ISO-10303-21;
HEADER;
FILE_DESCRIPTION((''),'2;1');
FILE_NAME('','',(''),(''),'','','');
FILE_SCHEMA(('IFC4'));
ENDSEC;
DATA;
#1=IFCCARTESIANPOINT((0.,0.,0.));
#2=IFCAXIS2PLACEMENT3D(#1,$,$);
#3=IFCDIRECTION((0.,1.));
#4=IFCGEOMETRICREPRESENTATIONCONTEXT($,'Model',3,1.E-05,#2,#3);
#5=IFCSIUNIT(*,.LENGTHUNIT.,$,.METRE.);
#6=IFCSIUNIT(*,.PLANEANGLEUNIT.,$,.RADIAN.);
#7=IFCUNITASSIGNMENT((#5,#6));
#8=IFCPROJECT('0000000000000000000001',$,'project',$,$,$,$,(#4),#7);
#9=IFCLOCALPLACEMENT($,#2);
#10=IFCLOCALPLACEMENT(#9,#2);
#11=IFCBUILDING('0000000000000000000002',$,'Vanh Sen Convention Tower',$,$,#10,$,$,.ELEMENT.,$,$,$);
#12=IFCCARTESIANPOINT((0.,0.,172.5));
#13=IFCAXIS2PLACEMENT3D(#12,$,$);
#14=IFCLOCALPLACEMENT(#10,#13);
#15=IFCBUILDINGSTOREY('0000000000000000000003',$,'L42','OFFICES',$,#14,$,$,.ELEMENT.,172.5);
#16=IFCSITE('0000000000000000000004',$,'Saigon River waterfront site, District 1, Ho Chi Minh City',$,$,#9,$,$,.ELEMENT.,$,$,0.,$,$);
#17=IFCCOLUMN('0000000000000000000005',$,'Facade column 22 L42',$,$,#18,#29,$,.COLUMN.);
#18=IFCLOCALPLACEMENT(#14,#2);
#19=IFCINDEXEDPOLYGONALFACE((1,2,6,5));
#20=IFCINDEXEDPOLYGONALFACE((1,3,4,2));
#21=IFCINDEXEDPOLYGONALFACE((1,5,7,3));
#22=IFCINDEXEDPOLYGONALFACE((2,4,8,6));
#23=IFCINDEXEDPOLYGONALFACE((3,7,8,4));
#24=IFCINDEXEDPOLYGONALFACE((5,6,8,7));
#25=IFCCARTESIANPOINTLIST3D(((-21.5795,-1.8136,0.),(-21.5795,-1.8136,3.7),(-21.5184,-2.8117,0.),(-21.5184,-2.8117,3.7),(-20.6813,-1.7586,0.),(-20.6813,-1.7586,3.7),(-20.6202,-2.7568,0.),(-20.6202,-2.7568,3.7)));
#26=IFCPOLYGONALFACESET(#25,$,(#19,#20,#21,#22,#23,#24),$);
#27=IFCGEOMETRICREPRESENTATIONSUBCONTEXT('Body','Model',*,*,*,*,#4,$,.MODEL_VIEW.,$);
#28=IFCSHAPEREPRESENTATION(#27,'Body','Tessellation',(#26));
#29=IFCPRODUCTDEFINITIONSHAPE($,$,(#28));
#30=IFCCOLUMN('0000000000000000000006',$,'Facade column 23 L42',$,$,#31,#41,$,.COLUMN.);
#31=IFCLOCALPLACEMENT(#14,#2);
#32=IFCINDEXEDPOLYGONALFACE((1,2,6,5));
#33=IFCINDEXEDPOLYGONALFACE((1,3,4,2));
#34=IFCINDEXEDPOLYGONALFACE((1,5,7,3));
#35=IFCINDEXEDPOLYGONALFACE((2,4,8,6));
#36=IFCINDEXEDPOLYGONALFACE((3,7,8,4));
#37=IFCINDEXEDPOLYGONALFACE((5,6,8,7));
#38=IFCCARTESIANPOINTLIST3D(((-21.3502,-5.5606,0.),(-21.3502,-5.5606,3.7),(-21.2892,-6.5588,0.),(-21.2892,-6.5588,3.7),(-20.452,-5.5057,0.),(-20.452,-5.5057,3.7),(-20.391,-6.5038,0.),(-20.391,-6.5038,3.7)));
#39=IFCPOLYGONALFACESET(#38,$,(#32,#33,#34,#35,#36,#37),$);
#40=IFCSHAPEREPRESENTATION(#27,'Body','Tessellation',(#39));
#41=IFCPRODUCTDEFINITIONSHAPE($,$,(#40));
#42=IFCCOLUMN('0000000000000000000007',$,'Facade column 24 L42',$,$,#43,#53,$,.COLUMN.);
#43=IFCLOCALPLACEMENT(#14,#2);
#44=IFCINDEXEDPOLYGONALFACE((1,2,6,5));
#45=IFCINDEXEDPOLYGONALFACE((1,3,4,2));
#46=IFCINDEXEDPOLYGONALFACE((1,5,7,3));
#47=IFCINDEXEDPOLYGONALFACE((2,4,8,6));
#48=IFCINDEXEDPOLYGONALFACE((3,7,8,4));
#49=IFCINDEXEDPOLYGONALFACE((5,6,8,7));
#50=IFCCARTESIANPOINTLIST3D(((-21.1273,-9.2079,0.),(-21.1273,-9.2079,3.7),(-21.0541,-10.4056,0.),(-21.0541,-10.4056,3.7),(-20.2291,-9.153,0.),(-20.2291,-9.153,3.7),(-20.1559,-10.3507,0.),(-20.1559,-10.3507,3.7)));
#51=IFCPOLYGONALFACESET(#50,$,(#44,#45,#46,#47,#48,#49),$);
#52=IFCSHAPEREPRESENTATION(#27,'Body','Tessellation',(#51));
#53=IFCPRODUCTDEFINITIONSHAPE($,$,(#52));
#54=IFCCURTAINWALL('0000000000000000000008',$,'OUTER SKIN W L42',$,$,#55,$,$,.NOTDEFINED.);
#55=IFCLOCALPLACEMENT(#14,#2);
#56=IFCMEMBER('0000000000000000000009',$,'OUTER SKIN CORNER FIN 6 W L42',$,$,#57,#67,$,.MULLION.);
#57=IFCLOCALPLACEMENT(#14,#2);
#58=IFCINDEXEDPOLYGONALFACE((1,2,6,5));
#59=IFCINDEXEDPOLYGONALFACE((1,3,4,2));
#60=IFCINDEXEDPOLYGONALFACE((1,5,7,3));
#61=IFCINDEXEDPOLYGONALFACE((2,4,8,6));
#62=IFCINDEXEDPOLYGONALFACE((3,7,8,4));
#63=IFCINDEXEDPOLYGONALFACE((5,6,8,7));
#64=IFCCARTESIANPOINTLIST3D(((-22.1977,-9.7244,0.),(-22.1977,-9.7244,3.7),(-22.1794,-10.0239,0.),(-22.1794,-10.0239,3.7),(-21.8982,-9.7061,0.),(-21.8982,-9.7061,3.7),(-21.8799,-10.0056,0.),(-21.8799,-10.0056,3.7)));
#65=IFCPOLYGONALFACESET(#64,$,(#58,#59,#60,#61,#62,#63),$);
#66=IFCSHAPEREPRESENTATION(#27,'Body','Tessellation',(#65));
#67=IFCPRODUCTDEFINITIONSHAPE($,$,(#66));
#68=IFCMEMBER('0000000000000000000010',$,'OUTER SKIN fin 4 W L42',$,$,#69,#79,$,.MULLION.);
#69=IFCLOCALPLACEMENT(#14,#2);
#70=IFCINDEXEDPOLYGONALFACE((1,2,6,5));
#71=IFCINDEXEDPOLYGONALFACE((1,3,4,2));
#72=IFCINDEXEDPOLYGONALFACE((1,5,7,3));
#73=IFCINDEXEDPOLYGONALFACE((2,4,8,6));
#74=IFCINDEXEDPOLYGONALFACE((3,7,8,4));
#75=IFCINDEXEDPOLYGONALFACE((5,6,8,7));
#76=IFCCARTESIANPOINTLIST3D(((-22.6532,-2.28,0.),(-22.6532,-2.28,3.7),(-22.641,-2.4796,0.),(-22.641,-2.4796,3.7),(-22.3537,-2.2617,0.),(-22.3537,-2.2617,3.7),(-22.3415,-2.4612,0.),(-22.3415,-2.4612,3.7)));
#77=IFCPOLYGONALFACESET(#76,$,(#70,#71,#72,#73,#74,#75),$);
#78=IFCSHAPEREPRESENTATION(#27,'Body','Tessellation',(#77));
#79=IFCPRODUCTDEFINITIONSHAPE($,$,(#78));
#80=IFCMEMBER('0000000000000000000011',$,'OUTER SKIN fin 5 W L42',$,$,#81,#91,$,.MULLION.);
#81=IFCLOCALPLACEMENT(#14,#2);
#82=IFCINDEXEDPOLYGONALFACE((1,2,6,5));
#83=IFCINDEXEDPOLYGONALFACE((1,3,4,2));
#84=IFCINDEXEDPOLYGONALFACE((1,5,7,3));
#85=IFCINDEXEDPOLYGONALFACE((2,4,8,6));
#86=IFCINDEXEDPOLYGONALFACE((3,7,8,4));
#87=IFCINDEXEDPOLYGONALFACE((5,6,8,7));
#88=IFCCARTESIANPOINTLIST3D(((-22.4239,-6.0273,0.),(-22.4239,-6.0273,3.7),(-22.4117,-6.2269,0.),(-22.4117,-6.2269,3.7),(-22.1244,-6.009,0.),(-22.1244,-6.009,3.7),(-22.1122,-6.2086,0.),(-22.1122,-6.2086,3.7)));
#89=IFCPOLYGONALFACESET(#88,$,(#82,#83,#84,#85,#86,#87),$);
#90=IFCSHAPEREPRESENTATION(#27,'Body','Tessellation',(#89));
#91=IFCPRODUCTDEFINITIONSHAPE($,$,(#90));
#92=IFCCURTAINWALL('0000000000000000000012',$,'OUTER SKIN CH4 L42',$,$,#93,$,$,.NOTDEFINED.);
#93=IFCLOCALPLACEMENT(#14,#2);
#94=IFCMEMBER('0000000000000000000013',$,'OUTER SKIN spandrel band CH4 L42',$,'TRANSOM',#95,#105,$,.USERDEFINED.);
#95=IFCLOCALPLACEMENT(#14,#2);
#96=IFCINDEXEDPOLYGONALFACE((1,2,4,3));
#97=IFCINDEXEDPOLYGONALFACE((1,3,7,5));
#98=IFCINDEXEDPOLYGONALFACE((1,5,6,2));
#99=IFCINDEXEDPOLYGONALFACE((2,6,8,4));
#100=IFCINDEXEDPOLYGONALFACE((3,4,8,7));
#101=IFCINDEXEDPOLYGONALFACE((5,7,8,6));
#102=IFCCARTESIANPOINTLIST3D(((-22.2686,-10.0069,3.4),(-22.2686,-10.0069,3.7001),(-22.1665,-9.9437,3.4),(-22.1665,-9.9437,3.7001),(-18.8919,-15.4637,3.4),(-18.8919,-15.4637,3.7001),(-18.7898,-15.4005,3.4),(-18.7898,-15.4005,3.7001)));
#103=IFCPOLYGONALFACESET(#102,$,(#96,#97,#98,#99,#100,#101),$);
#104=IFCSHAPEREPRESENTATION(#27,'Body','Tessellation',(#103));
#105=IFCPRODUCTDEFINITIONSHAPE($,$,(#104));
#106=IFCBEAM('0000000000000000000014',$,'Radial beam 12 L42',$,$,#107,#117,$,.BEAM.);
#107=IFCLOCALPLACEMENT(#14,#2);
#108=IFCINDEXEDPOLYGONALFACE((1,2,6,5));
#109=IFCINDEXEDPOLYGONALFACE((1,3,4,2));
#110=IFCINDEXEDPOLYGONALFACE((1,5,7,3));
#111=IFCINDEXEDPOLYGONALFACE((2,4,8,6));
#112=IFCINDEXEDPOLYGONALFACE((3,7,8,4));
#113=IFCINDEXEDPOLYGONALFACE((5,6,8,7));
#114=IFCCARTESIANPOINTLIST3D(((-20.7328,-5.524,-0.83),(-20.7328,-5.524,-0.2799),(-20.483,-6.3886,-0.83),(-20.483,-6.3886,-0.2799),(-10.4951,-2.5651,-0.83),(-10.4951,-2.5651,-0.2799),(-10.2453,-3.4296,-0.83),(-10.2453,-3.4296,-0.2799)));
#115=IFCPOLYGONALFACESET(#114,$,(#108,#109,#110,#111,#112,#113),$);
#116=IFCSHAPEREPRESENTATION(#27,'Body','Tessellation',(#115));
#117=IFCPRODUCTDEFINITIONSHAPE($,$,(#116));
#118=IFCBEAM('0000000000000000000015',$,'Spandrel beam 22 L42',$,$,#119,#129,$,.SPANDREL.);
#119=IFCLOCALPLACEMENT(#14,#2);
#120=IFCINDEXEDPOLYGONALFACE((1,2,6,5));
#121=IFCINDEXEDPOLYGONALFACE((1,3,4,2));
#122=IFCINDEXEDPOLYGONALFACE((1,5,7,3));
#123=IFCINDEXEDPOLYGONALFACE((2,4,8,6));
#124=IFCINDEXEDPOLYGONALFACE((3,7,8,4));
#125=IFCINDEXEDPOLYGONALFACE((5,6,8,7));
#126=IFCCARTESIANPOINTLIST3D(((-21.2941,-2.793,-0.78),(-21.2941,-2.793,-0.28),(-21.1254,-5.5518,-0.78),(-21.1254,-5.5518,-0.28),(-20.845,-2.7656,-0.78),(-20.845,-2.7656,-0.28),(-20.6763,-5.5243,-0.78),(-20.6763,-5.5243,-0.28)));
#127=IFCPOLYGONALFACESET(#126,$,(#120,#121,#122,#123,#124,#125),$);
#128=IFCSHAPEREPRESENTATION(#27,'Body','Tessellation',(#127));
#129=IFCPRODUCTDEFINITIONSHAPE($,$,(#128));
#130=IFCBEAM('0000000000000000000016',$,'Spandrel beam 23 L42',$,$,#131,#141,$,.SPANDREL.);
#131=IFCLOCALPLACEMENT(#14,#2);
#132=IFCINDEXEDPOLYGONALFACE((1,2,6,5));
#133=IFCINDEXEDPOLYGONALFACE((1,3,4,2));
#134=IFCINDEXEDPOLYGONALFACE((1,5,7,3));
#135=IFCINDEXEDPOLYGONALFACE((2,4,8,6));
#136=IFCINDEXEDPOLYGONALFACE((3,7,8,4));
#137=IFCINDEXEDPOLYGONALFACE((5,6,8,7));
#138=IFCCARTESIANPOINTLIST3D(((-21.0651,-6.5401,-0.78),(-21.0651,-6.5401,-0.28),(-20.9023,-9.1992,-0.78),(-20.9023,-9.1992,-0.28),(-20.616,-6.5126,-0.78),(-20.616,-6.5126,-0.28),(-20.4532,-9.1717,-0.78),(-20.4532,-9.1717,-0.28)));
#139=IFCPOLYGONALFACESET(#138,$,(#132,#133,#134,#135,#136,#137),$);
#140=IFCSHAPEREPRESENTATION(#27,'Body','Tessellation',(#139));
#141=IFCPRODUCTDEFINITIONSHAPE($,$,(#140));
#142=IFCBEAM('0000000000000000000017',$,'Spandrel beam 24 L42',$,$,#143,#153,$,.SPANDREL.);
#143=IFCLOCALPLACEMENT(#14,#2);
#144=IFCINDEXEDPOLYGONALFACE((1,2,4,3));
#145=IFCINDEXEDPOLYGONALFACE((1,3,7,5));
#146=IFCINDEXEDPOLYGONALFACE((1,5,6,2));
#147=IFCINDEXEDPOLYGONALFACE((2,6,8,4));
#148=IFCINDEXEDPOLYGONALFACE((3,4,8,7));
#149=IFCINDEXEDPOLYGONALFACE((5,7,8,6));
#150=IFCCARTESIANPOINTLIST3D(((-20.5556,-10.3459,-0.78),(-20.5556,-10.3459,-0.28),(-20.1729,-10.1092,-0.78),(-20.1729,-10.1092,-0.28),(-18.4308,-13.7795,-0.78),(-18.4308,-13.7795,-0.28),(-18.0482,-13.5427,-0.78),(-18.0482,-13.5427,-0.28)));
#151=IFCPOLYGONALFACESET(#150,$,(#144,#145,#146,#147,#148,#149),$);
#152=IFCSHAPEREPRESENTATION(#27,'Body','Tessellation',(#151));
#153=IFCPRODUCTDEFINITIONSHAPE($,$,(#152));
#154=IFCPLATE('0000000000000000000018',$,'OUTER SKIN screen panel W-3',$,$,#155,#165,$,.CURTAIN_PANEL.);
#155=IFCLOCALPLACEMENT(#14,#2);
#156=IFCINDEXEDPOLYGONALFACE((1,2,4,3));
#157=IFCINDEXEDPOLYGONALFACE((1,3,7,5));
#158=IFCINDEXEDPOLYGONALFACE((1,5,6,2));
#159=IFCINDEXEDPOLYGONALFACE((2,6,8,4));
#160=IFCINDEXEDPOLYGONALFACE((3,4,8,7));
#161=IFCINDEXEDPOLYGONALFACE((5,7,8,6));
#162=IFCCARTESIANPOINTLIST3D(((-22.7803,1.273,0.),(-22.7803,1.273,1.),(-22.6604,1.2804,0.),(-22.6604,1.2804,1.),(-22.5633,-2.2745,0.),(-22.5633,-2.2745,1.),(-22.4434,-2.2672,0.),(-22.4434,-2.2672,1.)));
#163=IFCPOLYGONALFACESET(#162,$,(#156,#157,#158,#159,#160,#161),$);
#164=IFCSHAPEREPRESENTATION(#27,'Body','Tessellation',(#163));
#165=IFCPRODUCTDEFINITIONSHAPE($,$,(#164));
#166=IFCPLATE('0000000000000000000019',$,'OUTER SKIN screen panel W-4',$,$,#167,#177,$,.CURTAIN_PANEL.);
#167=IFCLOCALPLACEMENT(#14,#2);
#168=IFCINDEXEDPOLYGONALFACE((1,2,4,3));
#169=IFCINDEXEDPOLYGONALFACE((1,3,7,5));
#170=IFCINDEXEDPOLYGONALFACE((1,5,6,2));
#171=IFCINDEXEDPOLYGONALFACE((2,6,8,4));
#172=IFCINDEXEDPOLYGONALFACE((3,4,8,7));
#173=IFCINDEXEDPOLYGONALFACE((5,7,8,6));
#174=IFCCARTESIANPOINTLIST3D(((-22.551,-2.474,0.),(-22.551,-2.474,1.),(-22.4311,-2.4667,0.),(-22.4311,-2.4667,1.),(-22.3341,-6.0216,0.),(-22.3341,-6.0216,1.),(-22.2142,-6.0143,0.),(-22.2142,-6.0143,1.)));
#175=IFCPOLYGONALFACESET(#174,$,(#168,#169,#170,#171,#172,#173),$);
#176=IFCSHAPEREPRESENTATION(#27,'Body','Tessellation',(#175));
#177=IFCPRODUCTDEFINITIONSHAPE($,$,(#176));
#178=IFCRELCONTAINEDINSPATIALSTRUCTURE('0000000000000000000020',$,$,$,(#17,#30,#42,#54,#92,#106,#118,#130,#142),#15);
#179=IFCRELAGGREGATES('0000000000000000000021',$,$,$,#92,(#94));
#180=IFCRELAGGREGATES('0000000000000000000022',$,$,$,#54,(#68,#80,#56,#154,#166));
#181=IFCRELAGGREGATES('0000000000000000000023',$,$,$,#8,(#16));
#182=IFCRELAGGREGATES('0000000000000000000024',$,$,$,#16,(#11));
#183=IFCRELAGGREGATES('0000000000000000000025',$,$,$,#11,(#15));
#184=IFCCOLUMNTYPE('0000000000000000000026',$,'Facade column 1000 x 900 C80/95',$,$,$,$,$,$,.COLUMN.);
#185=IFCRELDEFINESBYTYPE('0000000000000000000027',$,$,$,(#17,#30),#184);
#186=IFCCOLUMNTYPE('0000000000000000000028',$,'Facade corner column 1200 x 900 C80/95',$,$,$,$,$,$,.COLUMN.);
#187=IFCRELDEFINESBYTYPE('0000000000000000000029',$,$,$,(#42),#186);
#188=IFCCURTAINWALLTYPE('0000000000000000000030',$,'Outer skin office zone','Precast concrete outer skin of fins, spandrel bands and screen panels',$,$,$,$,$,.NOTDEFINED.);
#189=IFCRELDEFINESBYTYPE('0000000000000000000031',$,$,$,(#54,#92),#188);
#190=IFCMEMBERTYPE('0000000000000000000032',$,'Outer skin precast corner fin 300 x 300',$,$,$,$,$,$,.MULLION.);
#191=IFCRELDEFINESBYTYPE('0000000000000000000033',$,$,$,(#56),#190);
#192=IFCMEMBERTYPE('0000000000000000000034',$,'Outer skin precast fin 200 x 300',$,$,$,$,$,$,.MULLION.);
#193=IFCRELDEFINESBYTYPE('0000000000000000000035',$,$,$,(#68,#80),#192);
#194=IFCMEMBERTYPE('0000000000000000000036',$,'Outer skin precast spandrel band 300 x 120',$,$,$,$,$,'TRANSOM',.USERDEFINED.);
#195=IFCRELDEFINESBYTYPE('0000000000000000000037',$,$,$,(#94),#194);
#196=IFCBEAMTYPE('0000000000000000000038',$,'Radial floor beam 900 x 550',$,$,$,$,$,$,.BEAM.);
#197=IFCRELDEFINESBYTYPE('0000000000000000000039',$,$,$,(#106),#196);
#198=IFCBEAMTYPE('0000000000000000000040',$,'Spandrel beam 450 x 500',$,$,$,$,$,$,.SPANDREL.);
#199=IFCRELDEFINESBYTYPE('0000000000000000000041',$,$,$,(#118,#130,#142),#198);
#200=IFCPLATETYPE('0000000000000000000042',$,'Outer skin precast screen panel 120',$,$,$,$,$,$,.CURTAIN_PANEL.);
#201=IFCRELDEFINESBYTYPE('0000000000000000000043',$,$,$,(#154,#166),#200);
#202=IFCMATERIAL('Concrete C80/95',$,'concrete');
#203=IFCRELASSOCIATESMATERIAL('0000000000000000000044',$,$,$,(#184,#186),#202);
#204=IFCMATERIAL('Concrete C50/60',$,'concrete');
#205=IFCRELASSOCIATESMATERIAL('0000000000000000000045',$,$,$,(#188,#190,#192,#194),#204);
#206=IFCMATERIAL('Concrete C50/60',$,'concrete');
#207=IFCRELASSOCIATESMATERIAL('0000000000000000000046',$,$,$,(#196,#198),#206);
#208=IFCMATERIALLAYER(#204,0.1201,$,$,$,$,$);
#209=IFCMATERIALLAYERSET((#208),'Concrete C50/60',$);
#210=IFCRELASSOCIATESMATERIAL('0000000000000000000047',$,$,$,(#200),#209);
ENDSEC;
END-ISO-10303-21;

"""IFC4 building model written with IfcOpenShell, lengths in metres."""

from ifc_helpers import new_model, si_unit, direction, frame, origin, origin_2d, place, context, subcontext, project, spatial, rectangle, extrude, material, layer, layer_set, material_profile, profile_set, type_object, element, aggregate, save


model = new_model("IFC4")

# Units and contexts
model_context = context("Model", 3, precision=1e-05, world=origin(), true_north=direction((0.0, 1.0)))
body_context = subcontext(model_context, "Body", "Model", "MODEL_VIEW")
ifc_project = project(units=[si_unit("LENGTHUNIT", "METRE"), si_unit("PLANEANGLEUNIT", "RADIAN")], contexts=[model_context])

# Site, building, storey
site_placement = place(None, origin())
site = spatial("IfcSite", under=ifc_project, at=site_placement, Name="Saigon River waterfront site, District 1, Ho Chi Minh City", CompositionType="ELEMENT", RefElevation=0.0)
building_placement = place(site_placement, origin())
building = spatial("IfcBuilding", under=site, at=building_placement, Name="Vanh Sen Convention Tower", CompositionType="ELEMENT")
storey_placement = place(building_placement, frame((0.0, 0.0, 172.5)))
storey = spatial("IfcBuildingStorey", under=building, at=storey_placement, Name="L42", Description="OFFICES", CompositionType="ELEMENT", Elevation=172.5)

# Columns
ifc_material_1 = material(Name="Concrete C80/95", Category="concrete")
ifc_material_profile_1 = material_profile(ifc_material_1, rectangle(XDim=1.0, YDim=0.8999, at=origin_2d()), Name="RC 1000X900")
ifc_profile_set_1 = profile_set([ifc_material_profile_1], Name="Concrete C80/95")
column_type_1 = type_object("IfcColumnType", Name="Facade column 1000 x 900 C80/95", PredefinedType="COLUMN", material=ifc_profile_set_1)
for number, where, z_axis, x_axis, name in (
    (1, (-21.0999, -2.2852, 0.0), (0.0, 0.0, 1.0), (0.061049, -0.998135, 0.0), "Facade column 22 L42"),
    (2, (-20.8706, -6.0322, 0.0), (0.0, 0.0, 1.0), (0.061049, -0.998135, 0.0), "Facade column 23 L42"),
):
    element("IfcColumn", number, at=place(storey_placement, frame(where, z_axis=z_axis, x_axis=x_axis)), inside=storey, type_object=column_type_1, Name=name, PredefinedType="COLUMN", context=body_context, shape_type="SweptSolid", body=[
        extrude(rectangle(XDim=1.0, YDim=0.8999, at=origin_2d()), origin(), (0.0, 0.0, 1.0), 3.7),
    ])
ifc_material_profile_2 = material_profile(ifc_material_1, rectangle(XDim=1.2, YDim=0.8999, at=origin_2d()), Name="RC 1200X900")
ifc_profile_set_2 = profile_set([ifc_material_profile_2], Name="Concrete C80/95")
column_type_2 = type_object("IfcColumnType", Name="Facade corner column 1200 x 900 C80/95", PredefinedType="COLUMN", material=ifc_profile_set_2)
column_placement = place(storey_placement, frame((-20.6416, -9.7793, 0.0), z_axis=(0.0, 0.0, 1.0), x_axis=(0.061049, -0.998135, 0.0)))
element("IfcColumn", 3, at=column_placement, inside=storey, type_object=column_type_2, Name="Facade column 24 L42", PredefinedType="COLUMN", context=body_context, shape_type="SweptSolid", body=[
    extrude(rectangle(XDim=1.2, YDim=0.8999, at=origin_2d()), origin(), (0.0, 0.0, 1.0), 3.7),
])

# Curtain wall, members
ifc_material_2 = material(Name="Concrete C50/60", Category="concrete")
curtain_wall_type = type_object("IfcCurtainWallType", Name="Outer skin office zone", Description="Precast concrete outer skin of fins, spandrel bands and screen panels", PredefinedType="NOTDEFINED", material=ifc_material_2)
curtain_wall_1_placement = place(storey_placement, origin())
curtain_wall_1 = element("IfcCurtainWall", 4, at=curtain_wall_1_placement, inside=storey, type_object=curtain_wall_type, Name="OUTER SKIN W L42", PredefinedType="NOTDEFINED")
ifc_material_profile_3 = material_profile(ifc_material_2, rectangle(XDim=0.3, YDim=0.3, at=origin_2d()), Name="Outer skin precast corner fin 300 x 300")
ifc_profile_set_3 = profile_set([ifc_material_profile_3], Name="Concrete C50/60")
member_type_1 = type_object("IfcMemberType", Name="Outer skin precast corner fin 300 x 300", PredefinedType="MULLION", material=ifc_profile_set_3)
member_1_placement = place(storey_placement, frame((-22.0388, -9.865, 0.0), z_axis=(0.0, 0.0, 1.0), x_axis=(0.061049, -0.998135, 0.0)))
member_1 = element("IfcMember", 5, at=member_1_placement, type_object=member_type_1, Name="OUTER SKIN CORNER FIN 6 W L42", PredefinedType="MULLION", context=body_context, shape_type="SweptSolid", body=[
    extrude(rectangle(XDim=0.3, YDim=0.3, at=origin_2d()), origin(), (0.0, 0.0, 1.0), 3.7),
])
ifc_material_profile_4 = material_profile(ifc_material_2, rectangle(XDim=0.2, YDim=0.3, at=origin_2d()), Name="Outer skin precast fin 200 x 300")
ifc_profile_set_4 = profile_set([ifc_material_profile_4], Name="Concrete C50/60")
member_type_2 = type_object("IfcMemberType", Name="Outer skin precast fin 200 x 300", PredefinedType="MULLION", material=ifc_profile_set_4)
member_2_placement = place(storey_placement, frame((-22.4973, -2.3706, 0.0), z_axis=(0.0, 0.0, 1.0), x_axis=(0.061049, -0.998135, 0.0)))
member_2 = element("IfcMember", 6, at=member_2_placement, type_object=member_type_2, Name="OUTER SKIN fin 4 W L42", PredefinedType="MULLION", context=body_context, shape_type="SweptSolid", body=[
    extrude(rectangle(XDim=0.2, YDim=0.3, at=origin_2d()), origin(), (0.0, 0.0, 1.0), 3.7),
])
member_3_placement = place(storey_placement, frame((-22.2681, -6.1179, 0.0), z_axis=(0.0, 0.0, 1.0), x_axis=(0.061049, -0.998135, 0.0)))
member_3 = element("IfcMember", 7, at=member_3_placement, type_object=member_type_2, Name="OUTER SKIN fin 5 W L42", PredefinedType="MULLION", context=body_context, shape_type="SweptSolid", body=[
    extrude(rectangle(XDim=0.2, YDim=0.3, at=origin_2d()), origin(), (0.0, 0.0, 1.0), 3.7),
])

# Curtain wall, member
curtain_wall_2_placement = place(storey_placement, origin())
curtain_wall_2 = element("IfcCurtainWall", 8, at=curtain_wall_2_placement, inside=storey, type_object=curtain_wall_type, Name="OUTER SKIN CH4 L42", PredefinedType="NOTDEFINED")
ifc_material_profile_5 = material_profile(ifc_material_2, rectangle(XDim=0.1201, YDim=0.3, at=origin_2d()), Name="Outer skin precast spandrel band 300 x 120")
ifc_profile_set_5 = profile_set([ifc_material_profile_5], Name="Concrete C50/60")
member_type_3 = type_object("IfcMemberType", Name="Outer skin precast spandrel band 300 x 120", ElementType="TRANSOM", PredefinedType="USERDEFINED", material=ifc_profile_set_5)
member_4_placement = place(storey_placement, frame((-22.2175, -9.9753, 3.55), z_axis=(0.526208, -0.850356, 0.0), x_axis=(0.850356, 0.526208, 0.0)))
member_4 = element("IfcMember", 9, at=member_4_placement, type_object=member_type_3, Name="OUTER SKIN spandrel band CH4 L42", ObjectType="TRANSOM", PredefinedType="USERDEFINED", context=body_context, shape_type="SweptSolid", body=[
    extrude(rectangle(XDim=0.1201, YDim=0.3, at=origin_2d()), origin(), (0.0, 0.0, 1.0), 6.417),
])
aggregate(curtain_wall_2, [member_4])

# Beams
ifc_material_3 = material(Name="Concrete C50/60", Category="concrete")
ifc_material_profile_6 = material_profile(ifc_material_3, rectangle(XDim=0.8999, YDim=0.55, at=origin_2d()), Name="RC 900X550")
ifc_profile_set_6 = profile_set([ifc_material_profile_6], Name="Concrete C50/60")
beam_type_1 = type_object("IfcBeamType", Name="Radial floor beam 900 x 550", PredefinedType="BEAM", material=ifc_profile_set_6)
beam_1_placement = place(storey_placement, frame((-20.6079, -5.9563, -0.5549), z_axis=(0.960679, 0.277661, 0.0), x_axis=(-0.277661, 0.960679, 0.0)))
element("IfcBeam", 10, at=beam_1_placement, inside=storey, type_object=beam_type_1, Name="Radial beam 12 L42", PredefinedType="BEAM", context=body_context, shape_type="SweptSolid", body=[
    extrude(rectangle(XDim=0.8999, YDim=0.55, at=origin_2d()), origin(), (0.0, 0.0, 1.0), 10.6567),
])
ifc_material_profile_7 = material_profile(ifc_material_3, rectangle(XDim=0.45, YDim=0.5, at=origin_2d()), Name="RC 450X500")
ifc_profile_set_7 = profile_set([ifc_material_profile_7], Name="Concrete C50/60")
beam_type_2 = type_object("IfcBeamType", Name="Spandrel beam 450 x 500", PredefinedType="SPANDREL", material=ifc_profile_set_7)
beam_2_placement = place(storey_placement, frame((-21.0696, -2.7793, -0.53), z_axis=(0.061036, -0.998136, 0.0), x_axis=(0.998136, 0.061036, 0.0)))
element("IfcBeam", 11, at=beam_2_placement, inside=storey, type_object=beam_type_2, Name="Spandrel beam 22 L42", PredefinedType="SPANDREL", context=body_context, shape_type="SweptSolid", body=[
    extrude(rectangle(XDim=0.45, YDim=0.5, at=origin_2d()), origin(), (0.0, 0.0, 1.0), 2.7639),
])
beam_3_placement = place(storey_placement, frame((-20.8406, -6.5264, -0.53), z_axis=(0.061123, -0.99813, 0.0), x_axis=(0.99813, 0.061123, 0.0)))
element("IfcBeam", 12, at=beam_3_placement, inside=storey, type_object=beam_type_2, Name="Spandrel beam 23 L42", PredefinedType="SPANDREL", context=body_context, shape_type="SweptSolid", body=[
    extrude(rectangle(XDim=0.45, YDim=0.5, at=origin_2d()), origin(), (0.0, 0.0, 1.0), 2.6641),
])
beam_4_placement = place(storey_placement, frame((-20.3643, -10.2275, -0.53), z_axis=(0.526211, -0.850354, 0.0), x_axis=(0.850354, 0.526211, 0.0)))
element("IfcBeam", 13, at=beam_4_placement, inside=storey, type_object=beam_type_2, Name="Spandrel beam 24 L42", PredefinedType="SPANDREL", context=body_context, shape_type="SweptSolid", body=[
    extrude(rectangle(XDim=0.45, YDim=0.5, at=origin_2d()), origin(), (0.0, 0.0, 1.0), 4.0378),
])

# Plates
ifc_layer_1 = layer(ifc_material_2, 0.1201)
ifc_layer_set_1 = layer_set([ifc_layer_1], Name="Concrete C50/60")
plate_type = type_object("IfcPlateType", Name="Outer skin precast screen panel 120", PredefinedType="CURTAIN_PANEL", material=ifc_layer_set_1)
plate_1_placement = place(storey_placement, frame((-22.6118, -0.4971, 0.0), z_axis=(0.0, 0.0, 1.0), x_axis=(0.061054, -0.998134, 0.0)))
plate_1 = element("IfcPlate", 14, at=plate_1_placement, type_object=plate_type, Name="OUTER SKIN screen panel W-3", PredefinedType="CURTAIN_PANEL", context=body_context, shape_type="SweptSolid", body=[
    extrude(rectangle(XDim=3.5542, YDim=0.1201, at=origin_2d()), origin(), (0.0, 0.0, 1.0), 1.0),
])
plate_2_placement = place(storey_placement, frame((-22.3826, -4.2441, 0.0), z_axis=(0.0, 0.0, 1.0), x_axis=(0.061026, -0.998136, 0.0)))
plate_2 = element("IfcPlate", 15, at=plate_2_placement, type_object=plate_type, Name="OUTER SKIN screen panel W-4", PredefinedType="CURTAIN_PANEL", context=body_context, shape_type="SweptSolid", body=[
    extrude(rectangle(XDim=3.5542, YDim=0.1201, at=origin_2d()), origin(), (0.0, 0.0, 1.0), 1.0),
])
aggregate(curtain_wall_1, [member_2, member_3, member_1, plate_1, plate_2])

save(model, "model.ifc")
